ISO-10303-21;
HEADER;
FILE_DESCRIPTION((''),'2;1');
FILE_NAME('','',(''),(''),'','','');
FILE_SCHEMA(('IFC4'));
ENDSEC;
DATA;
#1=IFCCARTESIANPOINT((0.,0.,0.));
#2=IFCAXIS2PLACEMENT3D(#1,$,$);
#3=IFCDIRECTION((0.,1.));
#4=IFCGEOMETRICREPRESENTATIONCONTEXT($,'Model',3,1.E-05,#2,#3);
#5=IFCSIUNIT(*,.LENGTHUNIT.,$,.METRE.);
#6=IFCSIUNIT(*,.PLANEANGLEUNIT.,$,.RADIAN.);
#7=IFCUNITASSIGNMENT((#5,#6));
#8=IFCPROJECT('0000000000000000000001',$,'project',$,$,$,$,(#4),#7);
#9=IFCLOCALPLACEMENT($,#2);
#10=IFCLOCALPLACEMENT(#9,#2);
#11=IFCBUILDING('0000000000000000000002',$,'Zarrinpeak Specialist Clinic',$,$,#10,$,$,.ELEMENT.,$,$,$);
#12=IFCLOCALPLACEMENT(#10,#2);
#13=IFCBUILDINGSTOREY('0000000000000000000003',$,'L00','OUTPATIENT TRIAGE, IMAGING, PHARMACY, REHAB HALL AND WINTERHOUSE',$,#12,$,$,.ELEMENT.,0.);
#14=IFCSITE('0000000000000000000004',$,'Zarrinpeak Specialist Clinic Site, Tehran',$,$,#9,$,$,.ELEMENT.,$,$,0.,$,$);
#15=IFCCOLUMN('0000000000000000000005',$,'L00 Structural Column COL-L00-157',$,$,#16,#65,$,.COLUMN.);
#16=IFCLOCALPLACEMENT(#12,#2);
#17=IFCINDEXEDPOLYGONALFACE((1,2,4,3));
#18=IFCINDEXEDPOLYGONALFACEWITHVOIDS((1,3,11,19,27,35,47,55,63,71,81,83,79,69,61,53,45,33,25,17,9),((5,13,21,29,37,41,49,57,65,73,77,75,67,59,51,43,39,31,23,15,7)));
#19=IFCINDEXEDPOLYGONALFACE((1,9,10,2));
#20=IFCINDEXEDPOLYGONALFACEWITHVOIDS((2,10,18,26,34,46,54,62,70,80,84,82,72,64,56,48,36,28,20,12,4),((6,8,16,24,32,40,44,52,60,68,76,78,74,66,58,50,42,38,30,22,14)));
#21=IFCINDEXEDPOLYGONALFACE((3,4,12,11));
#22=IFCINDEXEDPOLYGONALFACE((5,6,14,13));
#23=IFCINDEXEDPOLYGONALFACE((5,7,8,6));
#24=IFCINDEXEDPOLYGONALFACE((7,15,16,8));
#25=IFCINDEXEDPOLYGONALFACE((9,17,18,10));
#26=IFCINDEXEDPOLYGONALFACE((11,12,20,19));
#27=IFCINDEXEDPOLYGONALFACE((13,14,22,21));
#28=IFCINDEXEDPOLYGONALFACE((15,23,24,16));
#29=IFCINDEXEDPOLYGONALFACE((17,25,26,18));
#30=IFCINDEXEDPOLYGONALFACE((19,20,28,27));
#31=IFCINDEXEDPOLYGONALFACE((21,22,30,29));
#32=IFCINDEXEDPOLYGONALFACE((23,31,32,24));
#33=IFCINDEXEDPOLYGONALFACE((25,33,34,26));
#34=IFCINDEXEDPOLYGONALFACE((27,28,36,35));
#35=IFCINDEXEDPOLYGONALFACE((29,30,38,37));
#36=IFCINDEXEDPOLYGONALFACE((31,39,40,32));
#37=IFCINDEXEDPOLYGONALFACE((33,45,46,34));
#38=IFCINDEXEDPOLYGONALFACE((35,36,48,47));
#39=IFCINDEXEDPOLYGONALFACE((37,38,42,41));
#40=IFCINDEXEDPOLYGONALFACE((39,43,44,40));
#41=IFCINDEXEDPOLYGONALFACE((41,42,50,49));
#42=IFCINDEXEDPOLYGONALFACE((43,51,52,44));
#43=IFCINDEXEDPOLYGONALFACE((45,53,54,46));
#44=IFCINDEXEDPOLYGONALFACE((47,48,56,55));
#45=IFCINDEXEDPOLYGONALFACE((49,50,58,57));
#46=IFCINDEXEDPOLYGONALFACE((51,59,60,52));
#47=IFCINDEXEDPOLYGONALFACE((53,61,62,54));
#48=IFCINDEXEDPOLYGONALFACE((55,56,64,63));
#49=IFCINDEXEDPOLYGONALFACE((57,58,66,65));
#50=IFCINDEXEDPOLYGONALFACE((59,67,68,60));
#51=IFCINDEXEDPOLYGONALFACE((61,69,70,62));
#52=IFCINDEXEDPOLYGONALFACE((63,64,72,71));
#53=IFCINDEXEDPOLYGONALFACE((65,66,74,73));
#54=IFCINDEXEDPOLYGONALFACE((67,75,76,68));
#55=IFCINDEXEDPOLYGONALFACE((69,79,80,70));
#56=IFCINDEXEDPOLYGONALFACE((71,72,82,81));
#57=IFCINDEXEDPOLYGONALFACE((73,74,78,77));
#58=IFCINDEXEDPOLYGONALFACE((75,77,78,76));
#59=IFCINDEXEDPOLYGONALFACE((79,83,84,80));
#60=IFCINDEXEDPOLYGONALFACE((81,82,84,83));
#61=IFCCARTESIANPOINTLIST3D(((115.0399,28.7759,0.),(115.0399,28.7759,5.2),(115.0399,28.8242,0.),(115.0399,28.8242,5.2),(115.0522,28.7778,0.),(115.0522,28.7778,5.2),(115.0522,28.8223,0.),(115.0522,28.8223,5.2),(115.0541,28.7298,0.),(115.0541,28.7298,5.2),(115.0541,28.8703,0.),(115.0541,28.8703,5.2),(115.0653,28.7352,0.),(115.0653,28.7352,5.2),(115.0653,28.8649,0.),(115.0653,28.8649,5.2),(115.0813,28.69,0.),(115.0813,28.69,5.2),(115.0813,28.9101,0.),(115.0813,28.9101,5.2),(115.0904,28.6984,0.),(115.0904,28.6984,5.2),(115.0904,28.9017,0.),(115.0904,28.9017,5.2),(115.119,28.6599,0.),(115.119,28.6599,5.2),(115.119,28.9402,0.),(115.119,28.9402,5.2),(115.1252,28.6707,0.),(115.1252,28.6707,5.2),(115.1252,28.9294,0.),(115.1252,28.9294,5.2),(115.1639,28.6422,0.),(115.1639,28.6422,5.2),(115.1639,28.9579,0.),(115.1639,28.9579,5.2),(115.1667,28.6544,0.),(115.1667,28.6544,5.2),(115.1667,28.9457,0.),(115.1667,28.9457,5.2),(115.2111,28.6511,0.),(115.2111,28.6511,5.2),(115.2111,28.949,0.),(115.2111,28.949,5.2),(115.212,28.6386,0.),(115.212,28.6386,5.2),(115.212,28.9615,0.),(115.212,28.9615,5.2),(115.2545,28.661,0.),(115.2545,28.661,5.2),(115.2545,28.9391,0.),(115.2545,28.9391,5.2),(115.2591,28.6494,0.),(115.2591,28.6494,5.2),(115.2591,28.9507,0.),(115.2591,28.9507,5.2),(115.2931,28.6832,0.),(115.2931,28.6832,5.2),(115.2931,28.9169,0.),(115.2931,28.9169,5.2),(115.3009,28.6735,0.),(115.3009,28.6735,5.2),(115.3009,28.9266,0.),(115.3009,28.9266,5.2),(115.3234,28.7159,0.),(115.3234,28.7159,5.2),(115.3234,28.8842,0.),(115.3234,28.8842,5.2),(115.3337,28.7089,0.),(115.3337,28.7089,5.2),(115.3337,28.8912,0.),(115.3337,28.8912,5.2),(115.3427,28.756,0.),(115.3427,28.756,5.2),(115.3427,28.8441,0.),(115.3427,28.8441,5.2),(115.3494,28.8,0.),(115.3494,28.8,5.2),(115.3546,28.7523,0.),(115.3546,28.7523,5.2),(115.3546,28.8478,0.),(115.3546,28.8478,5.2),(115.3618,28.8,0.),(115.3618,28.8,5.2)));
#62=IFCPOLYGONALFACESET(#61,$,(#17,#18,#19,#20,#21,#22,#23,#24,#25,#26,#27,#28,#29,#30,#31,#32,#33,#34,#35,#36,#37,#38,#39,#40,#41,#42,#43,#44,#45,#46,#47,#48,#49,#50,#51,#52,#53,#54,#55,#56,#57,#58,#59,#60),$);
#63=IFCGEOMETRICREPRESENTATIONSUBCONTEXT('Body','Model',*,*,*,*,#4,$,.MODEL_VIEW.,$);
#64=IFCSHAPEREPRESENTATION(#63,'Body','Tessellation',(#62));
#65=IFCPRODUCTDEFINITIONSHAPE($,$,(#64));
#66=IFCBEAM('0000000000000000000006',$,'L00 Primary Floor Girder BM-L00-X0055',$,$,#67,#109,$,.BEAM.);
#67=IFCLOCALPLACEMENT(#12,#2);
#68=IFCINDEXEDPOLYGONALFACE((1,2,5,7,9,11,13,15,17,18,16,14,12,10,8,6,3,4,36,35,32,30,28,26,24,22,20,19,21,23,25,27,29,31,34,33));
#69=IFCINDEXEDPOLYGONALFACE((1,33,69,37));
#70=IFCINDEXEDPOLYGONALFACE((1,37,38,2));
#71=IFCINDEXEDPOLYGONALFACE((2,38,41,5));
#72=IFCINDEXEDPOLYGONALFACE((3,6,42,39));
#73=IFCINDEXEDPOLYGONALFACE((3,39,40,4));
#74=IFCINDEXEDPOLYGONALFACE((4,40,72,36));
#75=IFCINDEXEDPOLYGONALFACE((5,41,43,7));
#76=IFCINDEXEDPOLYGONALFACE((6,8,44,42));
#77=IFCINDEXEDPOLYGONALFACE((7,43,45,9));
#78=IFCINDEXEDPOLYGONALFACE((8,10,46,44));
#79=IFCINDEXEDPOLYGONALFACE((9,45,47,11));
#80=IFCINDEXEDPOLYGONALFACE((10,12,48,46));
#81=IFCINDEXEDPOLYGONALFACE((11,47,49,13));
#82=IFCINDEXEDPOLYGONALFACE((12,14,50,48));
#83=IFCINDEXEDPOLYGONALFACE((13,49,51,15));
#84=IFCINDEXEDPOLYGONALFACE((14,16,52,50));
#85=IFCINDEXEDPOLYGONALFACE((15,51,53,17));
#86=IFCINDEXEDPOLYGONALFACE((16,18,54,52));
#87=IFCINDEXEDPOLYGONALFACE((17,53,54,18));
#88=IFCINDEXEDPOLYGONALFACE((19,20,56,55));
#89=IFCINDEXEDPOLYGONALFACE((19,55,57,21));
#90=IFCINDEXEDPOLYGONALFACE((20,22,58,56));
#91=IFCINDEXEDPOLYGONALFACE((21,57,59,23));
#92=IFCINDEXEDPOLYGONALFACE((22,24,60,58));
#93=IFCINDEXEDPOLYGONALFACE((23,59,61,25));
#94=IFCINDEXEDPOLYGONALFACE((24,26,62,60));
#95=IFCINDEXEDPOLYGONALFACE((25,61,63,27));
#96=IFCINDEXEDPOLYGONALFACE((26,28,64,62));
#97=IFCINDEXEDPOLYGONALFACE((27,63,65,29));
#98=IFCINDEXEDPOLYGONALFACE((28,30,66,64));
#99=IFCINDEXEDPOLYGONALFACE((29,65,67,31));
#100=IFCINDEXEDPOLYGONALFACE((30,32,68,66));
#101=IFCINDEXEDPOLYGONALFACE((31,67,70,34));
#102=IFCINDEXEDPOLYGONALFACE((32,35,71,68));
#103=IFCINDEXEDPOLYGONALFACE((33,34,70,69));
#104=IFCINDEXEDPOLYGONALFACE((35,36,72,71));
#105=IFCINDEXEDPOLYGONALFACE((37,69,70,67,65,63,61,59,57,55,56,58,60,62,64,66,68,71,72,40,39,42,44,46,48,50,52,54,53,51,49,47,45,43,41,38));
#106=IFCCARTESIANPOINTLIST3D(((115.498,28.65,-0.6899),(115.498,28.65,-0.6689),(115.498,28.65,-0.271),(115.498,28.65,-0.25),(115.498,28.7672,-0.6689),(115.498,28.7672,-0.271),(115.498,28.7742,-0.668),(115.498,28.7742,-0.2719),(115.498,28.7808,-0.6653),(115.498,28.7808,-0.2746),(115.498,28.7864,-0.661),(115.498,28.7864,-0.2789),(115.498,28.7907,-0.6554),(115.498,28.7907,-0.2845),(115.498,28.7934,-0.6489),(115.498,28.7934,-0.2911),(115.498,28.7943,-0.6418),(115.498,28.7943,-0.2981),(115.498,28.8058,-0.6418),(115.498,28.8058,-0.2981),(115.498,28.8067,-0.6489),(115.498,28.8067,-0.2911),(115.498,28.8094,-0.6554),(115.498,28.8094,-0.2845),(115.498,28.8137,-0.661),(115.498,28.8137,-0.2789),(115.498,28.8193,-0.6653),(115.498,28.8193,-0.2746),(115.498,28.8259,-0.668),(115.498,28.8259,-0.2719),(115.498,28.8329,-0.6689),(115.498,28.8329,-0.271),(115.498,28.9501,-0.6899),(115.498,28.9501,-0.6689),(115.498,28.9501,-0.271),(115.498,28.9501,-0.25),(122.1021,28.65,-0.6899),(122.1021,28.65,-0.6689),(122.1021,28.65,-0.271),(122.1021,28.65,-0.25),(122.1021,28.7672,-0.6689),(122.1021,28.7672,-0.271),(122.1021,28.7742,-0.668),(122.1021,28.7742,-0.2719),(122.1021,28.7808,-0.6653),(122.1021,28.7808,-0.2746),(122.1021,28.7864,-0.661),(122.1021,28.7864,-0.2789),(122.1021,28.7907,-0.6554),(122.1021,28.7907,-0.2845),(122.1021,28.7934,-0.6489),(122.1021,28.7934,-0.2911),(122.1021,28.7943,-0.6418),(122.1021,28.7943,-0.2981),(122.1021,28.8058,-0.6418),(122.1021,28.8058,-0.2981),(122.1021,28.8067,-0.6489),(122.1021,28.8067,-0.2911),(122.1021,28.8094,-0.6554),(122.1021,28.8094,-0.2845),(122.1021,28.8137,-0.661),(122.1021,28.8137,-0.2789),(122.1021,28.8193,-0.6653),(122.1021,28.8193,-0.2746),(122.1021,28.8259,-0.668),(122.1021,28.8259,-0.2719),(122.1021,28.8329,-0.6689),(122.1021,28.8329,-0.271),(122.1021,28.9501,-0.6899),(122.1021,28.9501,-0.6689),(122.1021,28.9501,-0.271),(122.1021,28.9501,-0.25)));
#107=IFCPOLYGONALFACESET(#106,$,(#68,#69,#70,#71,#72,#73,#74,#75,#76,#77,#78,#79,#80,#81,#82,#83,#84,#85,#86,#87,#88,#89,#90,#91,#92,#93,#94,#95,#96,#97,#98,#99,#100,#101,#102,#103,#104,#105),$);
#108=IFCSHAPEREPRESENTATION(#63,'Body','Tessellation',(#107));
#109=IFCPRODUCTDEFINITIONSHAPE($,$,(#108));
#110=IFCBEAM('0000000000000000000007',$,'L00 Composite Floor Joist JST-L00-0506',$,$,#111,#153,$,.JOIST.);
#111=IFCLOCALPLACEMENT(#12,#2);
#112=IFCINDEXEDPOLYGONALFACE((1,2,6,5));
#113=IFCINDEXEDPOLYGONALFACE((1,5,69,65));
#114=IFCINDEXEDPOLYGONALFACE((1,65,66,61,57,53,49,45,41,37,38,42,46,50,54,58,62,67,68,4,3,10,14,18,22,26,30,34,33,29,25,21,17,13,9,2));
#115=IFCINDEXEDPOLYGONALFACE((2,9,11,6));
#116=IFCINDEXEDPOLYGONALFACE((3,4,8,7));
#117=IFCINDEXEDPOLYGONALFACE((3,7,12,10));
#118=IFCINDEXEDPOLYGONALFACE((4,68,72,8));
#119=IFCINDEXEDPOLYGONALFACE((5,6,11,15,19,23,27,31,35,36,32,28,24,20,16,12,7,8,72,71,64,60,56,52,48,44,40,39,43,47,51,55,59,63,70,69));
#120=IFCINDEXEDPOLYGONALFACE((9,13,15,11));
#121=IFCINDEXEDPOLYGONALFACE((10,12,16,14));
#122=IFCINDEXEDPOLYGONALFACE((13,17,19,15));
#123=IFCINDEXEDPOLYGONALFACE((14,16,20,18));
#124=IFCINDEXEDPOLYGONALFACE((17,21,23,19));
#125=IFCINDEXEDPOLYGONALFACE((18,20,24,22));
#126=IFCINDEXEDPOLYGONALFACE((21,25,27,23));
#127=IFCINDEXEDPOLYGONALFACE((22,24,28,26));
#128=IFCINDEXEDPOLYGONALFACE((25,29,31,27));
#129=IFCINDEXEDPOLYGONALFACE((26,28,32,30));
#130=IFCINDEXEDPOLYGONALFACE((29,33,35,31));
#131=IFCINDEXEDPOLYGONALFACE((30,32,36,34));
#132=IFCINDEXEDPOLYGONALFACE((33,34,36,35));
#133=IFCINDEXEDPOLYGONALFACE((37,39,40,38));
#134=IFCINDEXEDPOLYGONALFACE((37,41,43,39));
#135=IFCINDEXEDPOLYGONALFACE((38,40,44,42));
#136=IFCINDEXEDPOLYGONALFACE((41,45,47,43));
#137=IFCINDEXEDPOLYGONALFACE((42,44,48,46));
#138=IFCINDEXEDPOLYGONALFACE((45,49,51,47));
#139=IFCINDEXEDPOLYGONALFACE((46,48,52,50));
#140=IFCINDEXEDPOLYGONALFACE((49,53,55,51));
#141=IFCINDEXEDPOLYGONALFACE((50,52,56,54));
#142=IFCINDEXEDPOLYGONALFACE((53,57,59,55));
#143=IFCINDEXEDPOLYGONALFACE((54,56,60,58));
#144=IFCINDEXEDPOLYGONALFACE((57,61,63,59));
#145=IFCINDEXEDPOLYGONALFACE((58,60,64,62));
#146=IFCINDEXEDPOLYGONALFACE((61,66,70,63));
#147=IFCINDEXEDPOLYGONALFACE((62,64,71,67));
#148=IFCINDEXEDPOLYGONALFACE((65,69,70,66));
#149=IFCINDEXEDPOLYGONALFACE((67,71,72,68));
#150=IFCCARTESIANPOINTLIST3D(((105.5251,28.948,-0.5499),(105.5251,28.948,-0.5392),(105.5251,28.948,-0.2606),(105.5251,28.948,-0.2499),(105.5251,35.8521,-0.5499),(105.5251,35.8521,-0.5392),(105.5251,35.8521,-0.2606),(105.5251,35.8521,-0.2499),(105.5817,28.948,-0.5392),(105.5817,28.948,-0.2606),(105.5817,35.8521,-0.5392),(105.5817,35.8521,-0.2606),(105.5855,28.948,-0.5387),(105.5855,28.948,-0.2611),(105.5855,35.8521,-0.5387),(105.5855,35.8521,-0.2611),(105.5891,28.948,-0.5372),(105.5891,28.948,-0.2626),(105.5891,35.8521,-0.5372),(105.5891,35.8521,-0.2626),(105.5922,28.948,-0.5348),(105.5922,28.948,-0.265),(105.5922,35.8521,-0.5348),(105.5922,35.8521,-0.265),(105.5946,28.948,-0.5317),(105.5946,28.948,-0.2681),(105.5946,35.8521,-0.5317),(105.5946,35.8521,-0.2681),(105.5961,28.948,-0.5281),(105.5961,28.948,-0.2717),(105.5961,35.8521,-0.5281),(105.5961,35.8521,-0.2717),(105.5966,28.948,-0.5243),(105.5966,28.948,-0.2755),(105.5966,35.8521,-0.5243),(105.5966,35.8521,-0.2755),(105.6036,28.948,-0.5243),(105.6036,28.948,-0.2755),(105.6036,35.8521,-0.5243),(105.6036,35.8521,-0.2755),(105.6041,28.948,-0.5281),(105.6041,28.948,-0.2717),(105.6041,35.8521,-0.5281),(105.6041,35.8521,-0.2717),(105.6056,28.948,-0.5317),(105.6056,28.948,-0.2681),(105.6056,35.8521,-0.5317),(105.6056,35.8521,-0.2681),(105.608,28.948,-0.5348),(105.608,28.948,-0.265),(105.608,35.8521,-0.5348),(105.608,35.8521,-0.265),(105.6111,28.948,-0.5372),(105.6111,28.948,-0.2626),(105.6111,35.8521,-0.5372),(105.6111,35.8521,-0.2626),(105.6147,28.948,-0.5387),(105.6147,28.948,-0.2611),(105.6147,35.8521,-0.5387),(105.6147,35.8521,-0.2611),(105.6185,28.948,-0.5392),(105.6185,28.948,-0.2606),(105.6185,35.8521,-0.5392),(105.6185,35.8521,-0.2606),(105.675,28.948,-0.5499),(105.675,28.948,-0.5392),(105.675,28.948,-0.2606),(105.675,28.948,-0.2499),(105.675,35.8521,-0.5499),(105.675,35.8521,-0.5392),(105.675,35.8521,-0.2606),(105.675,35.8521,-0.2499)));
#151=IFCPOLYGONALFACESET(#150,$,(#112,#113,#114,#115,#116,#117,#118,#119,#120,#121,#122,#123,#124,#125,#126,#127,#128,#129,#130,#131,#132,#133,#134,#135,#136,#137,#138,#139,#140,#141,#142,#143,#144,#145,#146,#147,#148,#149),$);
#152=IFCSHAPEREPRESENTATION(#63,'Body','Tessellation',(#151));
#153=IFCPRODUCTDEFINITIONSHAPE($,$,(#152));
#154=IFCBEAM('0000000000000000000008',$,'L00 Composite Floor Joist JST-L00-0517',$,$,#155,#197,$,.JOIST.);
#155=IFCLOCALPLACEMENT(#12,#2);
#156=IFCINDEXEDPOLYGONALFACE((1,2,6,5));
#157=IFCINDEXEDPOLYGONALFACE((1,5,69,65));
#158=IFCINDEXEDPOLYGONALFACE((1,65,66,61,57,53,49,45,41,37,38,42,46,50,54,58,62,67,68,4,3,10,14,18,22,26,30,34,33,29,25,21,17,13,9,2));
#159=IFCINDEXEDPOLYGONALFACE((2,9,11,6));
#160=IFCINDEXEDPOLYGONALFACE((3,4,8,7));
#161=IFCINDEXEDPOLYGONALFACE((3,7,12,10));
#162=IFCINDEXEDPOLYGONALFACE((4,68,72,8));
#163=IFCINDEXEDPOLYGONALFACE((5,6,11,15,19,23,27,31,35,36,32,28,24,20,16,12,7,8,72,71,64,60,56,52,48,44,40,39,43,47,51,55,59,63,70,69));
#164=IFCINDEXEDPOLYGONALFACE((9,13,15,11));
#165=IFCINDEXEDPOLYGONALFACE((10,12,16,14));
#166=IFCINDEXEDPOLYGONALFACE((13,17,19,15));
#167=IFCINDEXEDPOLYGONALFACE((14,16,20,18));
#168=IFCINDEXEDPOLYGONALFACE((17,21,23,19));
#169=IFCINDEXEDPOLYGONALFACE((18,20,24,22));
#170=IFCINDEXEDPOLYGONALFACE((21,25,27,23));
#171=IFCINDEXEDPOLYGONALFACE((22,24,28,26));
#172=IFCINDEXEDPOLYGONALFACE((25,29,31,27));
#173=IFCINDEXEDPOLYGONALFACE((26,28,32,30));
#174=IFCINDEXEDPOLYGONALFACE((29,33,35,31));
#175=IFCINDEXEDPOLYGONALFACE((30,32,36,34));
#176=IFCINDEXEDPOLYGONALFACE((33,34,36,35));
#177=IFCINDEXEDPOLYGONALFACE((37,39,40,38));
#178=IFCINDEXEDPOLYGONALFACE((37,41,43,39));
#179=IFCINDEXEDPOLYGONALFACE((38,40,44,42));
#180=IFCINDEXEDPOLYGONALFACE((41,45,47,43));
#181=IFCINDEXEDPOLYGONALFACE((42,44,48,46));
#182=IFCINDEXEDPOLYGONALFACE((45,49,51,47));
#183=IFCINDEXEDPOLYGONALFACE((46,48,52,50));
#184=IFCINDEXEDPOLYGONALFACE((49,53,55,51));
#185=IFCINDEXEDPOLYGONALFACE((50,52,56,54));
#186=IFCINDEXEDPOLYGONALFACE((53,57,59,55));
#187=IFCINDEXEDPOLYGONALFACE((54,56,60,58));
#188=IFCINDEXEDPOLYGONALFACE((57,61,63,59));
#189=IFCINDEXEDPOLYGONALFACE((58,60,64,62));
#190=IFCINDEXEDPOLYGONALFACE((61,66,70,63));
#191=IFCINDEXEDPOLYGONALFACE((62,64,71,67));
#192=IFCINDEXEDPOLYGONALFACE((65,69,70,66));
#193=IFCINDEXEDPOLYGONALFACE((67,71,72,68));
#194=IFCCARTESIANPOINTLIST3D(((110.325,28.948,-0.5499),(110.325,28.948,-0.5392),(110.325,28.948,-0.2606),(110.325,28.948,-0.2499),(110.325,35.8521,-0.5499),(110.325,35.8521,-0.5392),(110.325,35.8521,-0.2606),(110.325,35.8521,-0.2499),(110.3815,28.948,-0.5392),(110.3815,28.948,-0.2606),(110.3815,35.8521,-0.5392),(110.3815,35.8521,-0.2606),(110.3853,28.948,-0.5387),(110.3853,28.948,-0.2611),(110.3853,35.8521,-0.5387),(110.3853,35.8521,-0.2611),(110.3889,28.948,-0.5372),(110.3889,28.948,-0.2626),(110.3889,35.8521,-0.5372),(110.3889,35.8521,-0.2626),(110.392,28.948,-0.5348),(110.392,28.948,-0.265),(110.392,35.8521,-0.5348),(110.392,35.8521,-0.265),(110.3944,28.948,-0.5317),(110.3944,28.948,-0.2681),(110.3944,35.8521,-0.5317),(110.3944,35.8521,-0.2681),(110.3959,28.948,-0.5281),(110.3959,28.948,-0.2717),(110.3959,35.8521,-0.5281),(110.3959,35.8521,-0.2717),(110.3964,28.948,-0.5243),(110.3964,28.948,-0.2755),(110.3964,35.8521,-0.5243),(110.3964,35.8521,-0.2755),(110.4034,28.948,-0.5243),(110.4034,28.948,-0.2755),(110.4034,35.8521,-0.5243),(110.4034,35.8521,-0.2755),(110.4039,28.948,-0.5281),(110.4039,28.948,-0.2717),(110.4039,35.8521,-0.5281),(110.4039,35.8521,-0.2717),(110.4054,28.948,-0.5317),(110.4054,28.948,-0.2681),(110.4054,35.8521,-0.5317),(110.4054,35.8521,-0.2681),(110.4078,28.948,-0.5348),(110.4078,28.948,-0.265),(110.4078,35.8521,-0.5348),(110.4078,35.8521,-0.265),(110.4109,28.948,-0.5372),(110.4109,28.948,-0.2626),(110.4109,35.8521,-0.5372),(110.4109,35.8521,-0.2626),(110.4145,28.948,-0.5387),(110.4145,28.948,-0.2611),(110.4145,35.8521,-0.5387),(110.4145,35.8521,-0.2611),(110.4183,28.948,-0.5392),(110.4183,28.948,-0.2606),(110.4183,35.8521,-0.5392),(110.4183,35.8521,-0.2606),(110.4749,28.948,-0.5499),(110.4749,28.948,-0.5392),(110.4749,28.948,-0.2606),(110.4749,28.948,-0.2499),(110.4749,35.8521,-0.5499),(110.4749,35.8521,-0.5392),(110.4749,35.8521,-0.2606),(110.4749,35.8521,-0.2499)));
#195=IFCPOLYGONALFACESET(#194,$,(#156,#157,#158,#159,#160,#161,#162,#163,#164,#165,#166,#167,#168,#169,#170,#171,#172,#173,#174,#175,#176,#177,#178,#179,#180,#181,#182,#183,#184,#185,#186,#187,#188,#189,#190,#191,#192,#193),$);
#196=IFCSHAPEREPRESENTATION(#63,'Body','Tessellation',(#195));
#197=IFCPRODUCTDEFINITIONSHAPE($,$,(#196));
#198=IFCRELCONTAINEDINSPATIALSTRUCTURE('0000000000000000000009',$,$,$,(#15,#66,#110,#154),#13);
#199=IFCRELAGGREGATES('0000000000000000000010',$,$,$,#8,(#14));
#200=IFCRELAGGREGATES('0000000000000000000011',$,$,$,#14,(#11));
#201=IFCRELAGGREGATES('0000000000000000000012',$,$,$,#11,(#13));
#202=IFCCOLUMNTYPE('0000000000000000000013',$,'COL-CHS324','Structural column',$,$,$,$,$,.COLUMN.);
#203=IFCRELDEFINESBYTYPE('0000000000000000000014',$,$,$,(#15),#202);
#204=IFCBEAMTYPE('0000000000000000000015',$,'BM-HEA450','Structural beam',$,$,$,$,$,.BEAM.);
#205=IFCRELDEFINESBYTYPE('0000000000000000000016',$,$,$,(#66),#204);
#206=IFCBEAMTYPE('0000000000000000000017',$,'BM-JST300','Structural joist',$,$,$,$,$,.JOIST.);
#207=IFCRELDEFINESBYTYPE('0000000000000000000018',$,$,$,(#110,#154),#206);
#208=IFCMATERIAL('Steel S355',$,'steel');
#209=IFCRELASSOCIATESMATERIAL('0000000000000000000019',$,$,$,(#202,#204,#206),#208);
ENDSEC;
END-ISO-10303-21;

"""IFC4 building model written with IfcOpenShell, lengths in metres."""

from ifc_helpers import new_model, si_unit, direction, frame, origin, origin_2d, place, context, subcontext, project, spatial, hollow_circle, i_section, extrude, material, material_profile, profile_set, type_object, element, save


model = new_model("IFC4")

# Units and contexts
model_context = context("Model", 3, precision=1e-05, world=origin(), true_north=direction((0.0, 1.0)))
body_context = subcontext(model_context, "Body", "Model", "MODEL_VIEW")
ifc_project = project(units=[si_unit("LENGTHUNIT", "METRE"), si_unit("PLANEANGLEUNIT", "RADIAN")], contexts=[model_context])

# Site, building, storey
site_placement = place(None, origin())
site = spatial("IfcSite", under=ifc_project, at=site_placement, Name="Zarrinpeak Specialist Clinic Site, Tehran", CompositionType="ELEMENT", RefElevation=0.0)
building_placement = place(site_placement, origin())
building = spatial("IfcBuilding", under=site, at=building_placement, Name="Zarrinpeak Specialist Clinic", CompositionType="ELEMENT")
storey_placement = place(building_placement, origin())
storey = spatial("IfcBuildingStorey", under=building, at=storey_placement, Name="L00", Description="OUTPATIENT TRIAGE, IMAGING, PHARMACY, REHAB HALL AND WINTERHOUSE", CompositionType="ELEMENT", Elevation=0.0)

# Column
ifc_material_1 = material(Name="Steel S355", Category="steel")
ifc_material_profile_1 = material_profile(ifc_material_1, hollow_circle(Radius=0.1619, WallThickness=0.0125, at=origin_2d()), Name="CHS 323.9x12.5")
ifc_profile_set_1 = profile_set([ifc_material_profile_1], Name="Steel S355")
column_type = type_object("IfcColumnType", Name="COL-CHS324", Description="Structural column", PredefinedType="COLUMN", material=ifc_profile_set_1)
column_placement = place(storey_placement, frame((115.2, 28.8, 0.0), z_axis=(0.0, 0.0, 1.0), x_axis=(1.0, 0.0, 0.0)))
element("IfcColumn", 1, at=column_placement, inside=storey, type_object=column_type, Name="L00 Structural Column COL-L00-157", PredefinedType="COLUMN", context=body_context, shape_type="SweptSolid", body=[
    extrude(hollow_circle(Radius=0.1619, WallThickness=0.0125, at=origin_2d()), origin(), (0.0, 0.0, 1.0), 5.2),
])

# Beams
ifc_material_profile_2 = material_profile(ifc_material_1, i_section(OverallWidth=0.3, OverallDepth=0.4399, WebThickness=0.0115, FlangeThickness=0.021, FilletRadius=0.0271, at=origin_2d()), Name="HEA 450")
ifc_profile_set_2 = profile_set([ifc_material_profile_2], Name="Steel S355")
beam_type_1 = type_object("IfcBeamType", Name="BM-HEA450", Description="Structural beam", PredefinedType="BEAM", material=ifc_profile_set_2)
beam_placement = place(storey_placement, frame((115.498, 28.8, -0.47), z_axis=(1.0, 0.0, 0.0), x_axis=(0.0, 1.0, 0.0)))
element("IfcBeam", 2, at=beam_placement, inside=storey, type_object=beam_type_1, Name="L00 Primary Floor Girder BM-L00-X0055", PredefinedType="BEAM", context=body_context, shape_type="SweptSolid", body=[
    extrude(i_section(OverallWidth=0.3, OverallDepth=0.4399, WebThickness=0.0115, FlangeThickness=0.021, FilletRadius=0.0271, at=origin_2d()), origin(), (0.0, 0.0, 1.0), 6.604),
])
ifc_material_profile_3 = material_profile(ifc_material_1, i_section(OverallWidth=0.1499, OverallDepth=0.3, WebThickness=0.0071, FlangeThickness=0.0107, FilletRadius=0.0149, at=origin_2d()), Name="IPE 300")
ifc_profile_set_3 = profile_set([ifc_material_profile_3], Name="Steel S355")
beam_type_2 = type_object("IfcBeamType", Name="BM-JST300", Description="Structural joist", PredefinedType="JOIST", material=ifc_profile_set_3)
for number, where, z_axis, x_axis, name in (
    (3, (105.6001, 28.948, -0.3999), (0.0, 1.0, 0.0), (-1.0, 0.0, 0.0), "L00 Composite Floor Joist JST-L00-0506"),
    (4, (110.3999, 28.948, -0.3999), (0.0, 1.0, 0.0), (-1.0, 0.0, 0.0), "L00 Composite Floor Joist JST-L00-0517"),
):
    element("IfcBeam", number, at=place(storey_placement, frame(where, z_axis=z_axis, x_axis=x_axis)), inside=storey, type_object=beam_type_2, Name=name, PredefinedType="JOIST", context=body_context, shape_type="SweptSolid", body=[
        extrude(i_section(OverallWidth=0.1499, OverallDepth=0.3, WebThickness=0.0071, FlangeThickness=0.0107, FilletRadius=0.0149, at=origin_2d()), origin(), (0.0, 0.0, 1.0), 6.9041),
    ])

save(model, "model.ifc")
